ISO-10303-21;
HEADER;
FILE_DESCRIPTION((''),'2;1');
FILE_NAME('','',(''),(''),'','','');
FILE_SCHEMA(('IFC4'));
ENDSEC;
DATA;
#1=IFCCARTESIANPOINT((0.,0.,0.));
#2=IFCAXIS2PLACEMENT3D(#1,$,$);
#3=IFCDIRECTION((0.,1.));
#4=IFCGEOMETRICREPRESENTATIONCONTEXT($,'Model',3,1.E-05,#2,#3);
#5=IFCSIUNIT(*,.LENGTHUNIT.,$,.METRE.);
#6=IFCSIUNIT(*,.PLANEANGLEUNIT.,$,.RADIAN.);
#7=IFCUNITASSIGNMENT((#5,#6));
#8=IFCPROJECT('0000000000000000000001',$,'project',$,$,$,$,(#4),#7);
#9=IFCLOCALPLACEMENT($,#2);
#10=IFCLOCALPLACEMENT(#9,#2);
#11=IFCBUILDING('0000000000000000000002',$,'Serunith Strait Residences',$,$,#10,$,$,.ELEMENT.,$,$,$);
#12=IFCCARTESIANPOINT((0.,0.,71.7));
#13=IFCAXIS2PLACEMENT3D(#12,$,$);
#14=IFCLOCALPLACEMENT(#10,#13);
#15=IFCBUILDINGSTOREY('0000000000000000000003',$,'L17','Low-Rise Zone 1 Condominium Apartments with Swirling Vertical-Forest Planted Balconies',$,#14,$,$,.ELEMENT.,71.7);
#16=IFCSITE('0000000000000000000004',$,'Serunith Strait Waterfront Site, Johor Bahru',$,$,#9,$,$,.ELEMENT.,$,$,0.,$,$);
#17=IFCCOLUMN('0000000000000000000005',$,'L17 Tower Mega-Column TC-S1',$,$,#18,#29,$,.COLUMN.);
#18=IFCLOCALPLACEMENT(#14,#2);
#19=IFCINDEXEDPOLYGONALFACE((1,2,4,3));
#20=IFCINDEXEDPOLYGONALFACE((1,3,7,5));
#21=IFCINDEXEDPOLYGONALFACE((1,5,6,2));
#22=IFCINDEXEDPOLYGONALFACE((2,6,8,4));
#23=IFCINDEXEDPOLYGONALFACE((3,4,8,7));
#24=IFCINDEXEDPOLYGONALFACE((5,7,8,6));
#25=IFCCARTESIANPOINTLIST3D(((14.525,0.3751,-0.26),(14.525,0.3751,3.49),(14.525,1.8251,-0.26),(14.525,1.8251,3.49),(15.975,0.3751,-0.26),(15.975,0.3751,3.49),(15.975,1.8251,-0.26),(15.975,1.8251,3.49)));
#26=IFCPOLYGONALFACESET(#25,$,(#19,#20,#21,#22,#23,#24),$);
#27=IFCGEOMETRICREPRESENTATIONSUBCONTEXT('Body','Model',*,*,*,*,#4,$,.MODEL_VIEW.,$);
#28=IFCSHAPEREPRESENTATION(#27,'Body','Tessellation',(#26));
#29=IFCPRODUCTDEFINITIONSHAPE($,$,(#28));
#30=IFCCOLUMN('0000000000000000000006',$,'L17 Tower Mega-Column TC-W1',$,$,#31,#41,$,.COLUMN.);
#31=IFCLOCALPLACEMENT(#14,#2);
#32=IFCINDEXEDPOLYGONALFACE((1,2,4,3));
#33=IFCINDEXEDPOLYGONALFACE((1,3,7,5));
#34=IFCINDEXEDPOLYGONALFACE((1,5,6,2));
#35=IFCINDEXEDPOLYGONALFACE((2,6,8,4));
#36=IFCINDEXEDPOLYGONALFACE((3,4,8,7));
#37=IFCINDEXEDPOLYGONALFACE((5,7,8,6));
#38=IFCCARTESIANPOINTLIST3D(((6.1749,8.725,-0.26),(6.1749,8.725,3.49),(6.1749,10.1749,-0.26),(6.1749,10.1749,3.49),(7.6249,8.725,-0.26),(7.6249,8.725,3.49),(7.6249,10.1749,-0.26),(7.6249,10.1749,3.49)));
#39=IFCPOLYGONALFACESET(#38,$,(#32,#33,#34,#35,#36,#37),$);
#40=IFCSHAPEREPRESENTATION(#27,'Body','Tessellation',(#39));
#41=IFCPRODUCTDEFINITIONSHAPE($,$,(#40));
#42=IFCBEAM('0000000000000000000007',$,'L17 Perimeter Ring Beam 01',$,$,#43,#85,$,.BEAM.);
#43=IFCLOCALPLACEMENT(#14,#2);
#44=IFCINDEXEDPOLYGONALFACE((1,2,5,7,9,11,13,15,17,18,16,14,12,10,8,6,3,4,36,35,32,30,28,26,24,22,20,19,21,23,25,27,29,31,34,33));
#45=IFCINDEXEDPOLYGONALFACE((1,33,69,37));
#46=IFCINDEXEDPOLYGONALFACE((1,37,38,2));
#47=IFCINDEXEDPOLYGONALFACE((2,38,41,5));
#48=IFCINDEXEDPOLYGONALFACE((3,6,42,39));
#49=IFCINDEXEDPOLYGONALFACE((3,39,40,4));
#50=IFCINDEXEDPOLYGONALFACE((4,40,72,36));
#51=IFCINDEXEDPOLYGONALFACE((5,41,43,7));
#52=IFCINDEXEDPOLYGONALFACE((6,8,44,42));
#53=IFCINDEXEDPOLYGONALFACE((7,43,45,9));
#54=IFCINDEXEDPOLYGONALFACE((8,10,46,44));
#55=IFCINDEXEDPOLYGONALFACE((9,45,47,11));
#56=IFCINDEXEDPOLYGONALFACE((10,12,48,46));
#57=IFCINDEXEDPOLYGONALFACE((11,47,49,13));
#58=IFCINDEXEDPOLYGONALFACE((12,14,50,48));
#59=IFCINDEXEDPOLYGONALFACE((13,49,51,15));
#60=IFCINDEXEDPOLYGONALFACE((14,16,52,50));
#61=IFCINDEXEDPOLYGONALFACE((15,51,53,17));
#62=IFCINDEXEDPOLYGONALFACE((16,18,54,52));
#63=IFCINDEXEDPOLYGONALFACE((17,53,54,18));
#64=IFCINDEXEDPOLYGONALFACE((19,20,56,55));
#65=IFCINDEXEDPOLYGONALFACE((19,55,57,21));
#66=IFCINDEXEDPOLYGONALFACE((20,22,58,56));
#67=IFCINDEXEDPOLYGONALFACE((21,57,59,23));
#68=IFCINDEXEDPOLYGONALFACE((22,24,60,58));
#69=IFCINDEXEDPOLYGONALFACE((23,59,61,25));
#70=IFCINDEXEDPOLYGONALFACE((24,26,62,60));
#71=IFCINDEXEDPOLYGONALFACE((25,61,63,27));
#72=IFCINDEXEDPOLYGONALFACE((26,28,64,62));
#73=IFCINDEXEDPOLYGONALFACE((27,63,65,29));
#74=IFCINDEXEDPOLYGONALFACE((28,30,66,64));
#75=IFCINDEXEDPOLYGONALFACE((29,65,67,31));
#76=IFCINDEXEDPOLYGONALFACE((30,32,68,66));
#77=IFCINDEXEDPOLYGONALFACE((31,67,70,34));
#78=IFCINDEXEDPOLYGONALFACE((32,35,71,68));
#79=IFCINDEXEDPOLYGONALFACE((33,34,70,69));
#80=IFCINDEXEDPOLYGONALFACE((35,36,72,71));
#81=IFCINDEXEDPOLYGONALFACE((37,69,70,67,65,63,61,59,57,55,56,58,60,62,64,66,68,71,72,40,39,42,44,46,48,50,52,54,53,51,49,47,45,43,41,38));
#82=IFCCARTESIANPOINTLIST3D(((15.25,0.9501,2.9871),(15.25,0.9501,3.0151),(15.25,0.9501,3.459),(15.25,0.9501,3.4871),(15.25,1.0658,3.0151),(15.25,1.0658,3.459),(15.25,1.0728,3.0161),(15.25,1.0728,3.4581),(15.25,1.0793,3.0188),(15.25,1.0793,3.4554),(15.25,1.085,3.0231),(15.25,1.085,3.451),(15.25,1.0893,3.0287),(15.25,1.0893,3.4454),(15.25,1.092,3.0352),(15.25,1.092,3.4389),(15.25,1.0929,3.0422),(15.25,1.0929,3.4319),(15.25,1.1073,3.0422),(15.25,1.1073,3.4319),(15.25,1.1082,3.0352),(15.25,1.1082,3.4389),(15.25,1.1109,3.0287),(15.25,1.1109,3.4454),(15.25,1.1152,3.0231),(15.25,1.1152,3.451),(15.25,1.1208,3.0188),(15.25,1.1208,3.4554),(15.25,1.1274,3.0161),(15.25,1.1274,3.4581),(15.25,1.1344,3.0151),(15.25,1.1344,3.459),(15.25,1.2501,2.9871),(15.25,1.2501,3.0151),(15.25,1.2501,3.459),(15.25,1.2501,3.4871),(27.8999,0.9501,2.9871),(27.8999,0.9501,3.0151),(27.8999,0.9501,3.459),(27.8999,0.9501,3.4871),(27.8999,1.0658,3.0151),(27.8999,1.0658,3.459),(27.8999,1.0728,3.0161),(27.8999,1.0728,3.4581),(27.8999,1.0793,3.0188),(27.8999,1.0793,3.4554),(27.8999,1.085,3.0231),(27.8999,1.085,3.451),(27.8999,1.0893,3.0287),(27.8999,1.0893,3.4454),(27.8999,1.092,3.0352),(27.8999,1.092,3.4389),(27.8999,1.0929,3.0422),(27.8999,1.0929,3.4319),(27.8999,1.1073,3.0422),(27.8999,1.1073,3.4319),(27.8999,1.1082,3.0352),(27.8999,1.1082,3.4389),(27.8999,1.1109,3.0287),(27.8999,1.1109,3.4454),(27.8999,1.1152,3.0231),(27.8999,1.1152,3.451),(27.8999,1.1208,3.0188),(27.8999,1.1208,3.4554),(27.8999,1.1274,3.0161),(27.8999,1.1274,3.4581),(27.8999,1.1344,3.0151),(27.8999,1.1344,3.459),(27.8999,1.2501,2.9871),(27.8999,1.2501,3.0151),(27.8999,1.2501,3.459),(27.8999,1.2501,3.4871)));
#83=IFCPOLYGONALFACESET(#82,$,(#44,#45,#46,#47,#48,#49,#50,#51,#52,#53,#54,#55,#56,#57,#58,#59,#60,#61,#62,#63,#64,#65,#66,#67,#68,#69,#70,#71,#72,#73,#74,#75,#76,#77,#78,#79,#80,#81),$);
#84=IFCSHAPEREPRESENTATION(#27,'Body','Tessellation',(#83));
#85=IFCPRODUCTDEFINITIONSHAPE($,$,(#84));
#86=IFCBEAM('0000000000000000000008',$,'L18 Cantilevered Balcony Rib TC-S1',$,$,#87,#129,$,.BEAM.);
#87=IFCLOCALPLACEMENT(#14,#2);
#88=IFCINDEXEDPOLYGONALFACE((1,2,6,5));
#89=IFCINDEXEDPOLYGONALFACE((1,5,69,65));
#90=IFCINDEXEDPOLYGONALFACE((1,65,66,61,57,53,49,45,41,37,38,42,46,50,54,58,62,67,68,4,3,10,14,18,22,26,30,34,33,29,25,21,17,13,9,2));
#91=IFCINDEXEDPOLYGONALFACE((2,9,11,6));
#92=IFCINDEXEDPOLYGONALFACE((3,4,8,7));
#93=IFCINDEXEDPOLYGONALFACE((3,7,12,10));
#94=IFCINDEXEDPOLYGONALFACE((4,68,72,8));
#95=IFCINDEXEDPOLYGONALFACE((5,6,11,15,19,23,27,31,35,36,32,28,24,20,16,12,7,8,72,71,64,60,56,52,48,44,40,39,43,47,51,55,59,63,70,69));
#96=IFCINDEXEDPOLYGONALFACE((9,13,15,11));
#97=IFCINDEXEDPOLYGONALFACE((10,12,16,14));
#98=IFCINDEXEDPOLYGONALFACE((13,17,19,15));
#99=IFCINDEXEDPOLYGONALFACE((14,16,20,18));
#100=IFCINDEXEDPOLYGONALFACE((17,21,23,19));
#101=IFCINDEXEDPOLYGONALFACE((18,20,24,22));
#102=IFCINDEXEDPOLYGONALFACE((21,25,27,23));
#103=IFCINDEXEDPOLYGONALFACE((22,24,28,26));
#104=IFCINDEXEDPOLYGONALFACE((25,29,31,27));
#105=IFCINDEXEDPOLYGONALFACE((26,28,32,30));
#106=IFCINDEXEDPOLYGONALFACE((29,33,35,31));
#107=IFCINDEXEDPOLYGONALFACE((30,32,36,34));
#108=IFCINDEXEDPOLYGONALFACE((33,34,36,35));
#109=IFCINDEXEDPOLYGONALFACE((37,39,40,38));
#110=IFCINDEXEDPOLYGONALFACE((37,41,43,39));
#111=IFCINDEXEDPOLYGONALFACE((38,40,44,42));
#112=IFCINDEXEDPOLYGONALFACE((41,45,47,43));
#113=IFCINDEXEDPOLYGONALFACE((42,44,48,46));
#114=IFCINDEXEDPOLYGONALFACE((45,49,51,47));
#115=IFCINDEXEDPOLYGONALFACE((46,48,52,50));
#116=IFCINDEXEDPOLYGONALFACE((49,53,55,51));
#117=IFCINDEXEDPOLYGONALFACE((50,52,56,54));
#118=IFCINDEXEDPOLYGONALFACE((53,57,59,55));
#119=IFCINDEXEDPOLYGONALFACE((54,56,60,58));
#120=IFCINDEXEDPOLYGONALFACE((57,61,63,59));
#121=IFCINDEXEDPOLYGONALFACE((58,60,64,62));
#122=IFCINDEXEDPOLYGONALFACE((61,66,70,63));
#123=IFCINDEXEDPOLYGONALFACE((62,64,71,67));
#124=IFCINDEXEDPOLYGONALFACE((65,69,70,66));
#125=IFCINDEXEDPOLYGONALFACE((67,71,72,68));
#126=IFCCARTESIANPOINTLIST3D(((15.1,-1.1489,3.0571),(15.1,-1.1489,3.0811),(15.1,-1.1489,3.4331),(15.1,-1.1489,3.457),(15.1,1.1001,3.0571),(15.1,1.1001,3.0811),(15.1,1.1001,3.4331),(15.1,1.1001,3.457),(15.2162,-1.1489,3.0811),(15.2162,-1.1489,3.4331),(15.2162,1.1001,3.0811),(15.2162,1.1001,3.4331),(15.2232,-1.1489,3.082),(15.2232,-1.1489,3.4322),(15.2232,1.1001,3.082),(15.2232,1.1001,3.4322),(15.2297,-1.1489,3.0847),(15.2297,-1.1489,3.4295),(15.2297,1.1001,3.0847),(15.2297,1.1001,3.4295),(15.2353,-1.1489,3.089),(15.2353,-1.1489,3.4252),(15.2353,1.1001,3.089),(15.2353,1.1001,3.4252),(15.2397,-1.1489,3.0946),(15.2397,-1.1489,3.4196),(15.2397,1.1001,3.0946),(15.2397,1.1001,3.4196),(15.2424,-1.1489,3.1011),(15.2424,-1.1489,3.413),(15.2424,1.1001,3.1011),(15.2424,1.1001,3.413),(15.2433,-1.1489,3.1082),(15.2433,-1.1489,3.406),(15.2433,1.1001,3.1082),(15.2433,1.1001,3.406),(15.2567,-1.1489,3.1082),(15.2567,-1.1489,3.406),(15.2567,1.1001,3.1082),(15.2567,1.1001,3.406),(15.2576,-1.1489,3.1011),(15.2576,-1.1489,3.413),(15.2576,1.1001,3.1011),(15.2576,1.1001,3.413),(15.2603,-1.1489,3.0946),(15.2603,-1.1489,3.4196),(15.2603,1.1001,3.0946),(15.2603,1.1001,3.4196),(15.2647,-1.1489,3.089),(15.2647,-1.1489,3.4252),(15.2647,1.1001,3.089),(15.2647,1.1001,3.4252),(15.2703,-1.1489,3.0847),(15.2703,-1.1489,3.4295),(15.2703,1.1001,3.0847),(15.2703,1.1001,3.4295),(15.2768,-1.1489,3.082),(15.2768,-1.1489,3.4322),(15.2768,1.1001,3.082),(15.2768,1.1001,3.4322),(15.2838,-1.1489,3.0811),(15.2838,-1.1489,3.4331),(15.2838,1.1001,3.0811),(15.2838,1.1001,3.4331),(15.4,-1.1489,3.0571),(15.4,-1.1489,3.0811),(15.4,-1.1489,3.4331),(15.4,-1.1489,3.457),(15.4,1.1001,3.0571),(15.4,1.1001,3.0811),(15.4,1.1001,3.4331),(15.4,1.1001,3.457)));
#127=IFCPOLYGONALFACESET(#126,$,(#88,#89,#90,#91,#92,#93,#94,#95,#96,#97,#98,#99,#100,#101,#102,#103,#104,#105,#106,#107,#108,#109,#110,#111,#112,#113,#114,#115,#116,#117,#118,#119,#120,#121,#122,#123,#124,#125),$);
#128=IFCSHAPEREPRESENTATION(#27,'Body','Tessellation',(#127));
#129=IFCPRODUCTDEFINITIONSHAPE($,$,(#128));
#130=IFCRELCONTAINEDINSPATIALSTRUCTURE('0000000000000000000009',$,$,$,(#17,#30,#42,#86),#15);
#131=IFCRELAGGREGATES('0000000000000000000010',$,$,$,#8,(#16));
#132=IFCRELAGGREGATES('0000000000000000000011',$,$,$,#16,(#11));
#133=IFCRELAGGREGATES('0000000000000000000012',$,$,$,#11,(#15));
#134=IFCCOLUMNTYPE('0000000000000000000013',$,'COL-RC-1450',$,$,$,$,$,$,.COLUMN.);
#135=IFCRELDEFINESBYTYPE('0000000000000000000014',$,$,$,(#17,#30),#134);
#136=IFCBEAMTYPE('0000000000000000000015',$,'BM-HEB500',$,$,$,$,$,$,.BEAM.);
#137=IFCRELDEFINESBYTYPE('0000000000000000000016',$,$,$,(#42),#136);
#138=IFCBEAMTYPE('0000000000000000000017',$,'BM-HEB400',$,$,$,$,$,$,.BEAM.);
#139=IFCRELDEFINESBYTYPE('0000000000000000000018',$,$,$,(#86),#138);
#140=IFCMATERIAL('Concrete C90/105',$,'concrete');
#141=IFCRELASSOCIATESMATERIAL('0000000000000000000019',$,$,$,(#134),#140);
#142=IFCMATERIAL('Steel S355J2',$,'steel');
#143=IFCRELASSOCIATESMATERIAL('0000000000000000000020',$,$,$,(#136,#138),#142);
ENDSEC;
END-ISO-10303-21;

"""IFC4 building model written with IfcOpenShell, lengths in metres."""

from ifc_helpers import new_model, si_unit, direction, frame, origin, origin_2d, place, context, subcontext, project, spatial, rectangle, i_section, extrude, source, transform, mapped, material, material_profile, profile_set, type_object, element, save


model = new_model("IFC4")

# Units and contexts
model_context = context("Model", 3, precision=1e-05, world=origin(), true_north=direction((0.0, 1.0)))
body_context = subcontext(model_context, "Body", "Model", "MODEL_VIEW")
ifc_project = project(units=[si_unit("LENGTHUNIT", "METRE"), si_unit("PLANEANGLEUNIT", "RADIAN")], contexts=[model_context])

# Site, building, storey
site_placement = place(None, origin())
site = spatial("IfcSite", under=ifc_project, at=site_placement, Name="Serunith Strait Waterfront Site, Johor Bahru", CompositionType="ELEMENT", RefElevation=0.0)
building_placement = place(site_placement, origin())
building = spatial("IfcBuilding", under=site, at=building_placement, Name="Serunith Strait Residences", CompositionType="ELEMENT")
storey_placement = place(building_placement, frame((0.0, 0.0, 71.7)))
storey = spatial("IfcBuildingStorey", under=building, at=storey_placement, Name="L17", Description="Low-Rise Zone 1 Condominium Apartments with Swirling Vertical-Forest Planted Balconies", CompositionType="ELEMENT", Elevation=71.7)

# Columns
ifc_material_1 = material(Name="Concrete C90/105", Category="concrete")
ifc_material_profile_1 = material_profile(ifc_material_1, rectangle(XDim=1.45, YDim=1.45, at=origin_2d()), Name="RC 1450x1450")
ifc_profile_set_1 = profile_set([ifc_material_profile_1], Name="Concrete C90/105")
column_type = type_object("IfcColumnType", Name="COL-RC-1450", PredefinedType="COLUMN", material=ifc_profile_set_1)
shared_shape_1 = source(origin(), body_context, "Body", "SweptSolid", [
    extrude(rectangle(XDim=1.45, YDim=1.45, at=origin_2d()), origin(), (0.0, 0.0, 1.0), 3.75),
])
for number, where, z_axis, x_axis, name in (
    (1, (15.25, 1.1001, -0.26), (0.0, 0.0, 1.0), (1.0, 0.0, 0.0), "L17 Tower Mega-Column TC-S1"),
    (2, (6.8999, 9.45, -0.26), (0.0, 0.0, 1.0), (1.0, 0.0, 0.0), "L17 Tower Mega-Column TC-W1"),
):
    element("IfcColumn", number, at=place(storey_placement, frame(where, z_axis=z_axis, x_axis=x_axis)), inside=storey, type_object=column_type, Name=name, PredefinedType="COLUMN", context=body_context, shape_type="MappedRepresentation", body=[
        mapped(shared_shape_1, transform((0.0, 0.0, 0.0), scale=1.0)),
    ])

# Beams
ifc_material_2 = material(Name="Steel S355J2", Category="steel")
ifc_material_profile_2 = material_profile(ifc_material_2, i_section(OverallWidth=0.3, OverallDepth=0.5, WebThickness=0.0144, FlangeThickness=0.0281, FilletRadius=0.0271, at=origin_2d()), Name="HEB 500")
ifc_profile_set_2 = profile_set([ifc_material_profile_2], Name="Steel S355J2")
beam_type_1 = type_object("IfcBeamType", Name="BM-HEB500", PredefinedType="BEAM", material=ifc_profile_set_2)
shared_shape_2 = source(origin(), body_context, "Body", "SweptSolid", [
    extrude(i_section(OverallWidth=0.3, OverallDepth=0.5, WebThickness=0.0144, FlangeThickness=0.0281, FilletRadius=0.0271, at=origin_2d()), origin(), (0.0, 0.0, 1.0), 12.6499),
])
beam_1_placement = place(storey_placement, frame((15.25, 1.1001, 3.2371), z_axis=(1.0, 0.0, 0.0), x_axis=(0.0, 1.0, 0.0)))
element("IfcBeam", 3, at=beam_1_placement, inside=storey, type_object=beam_type_1, Name="L17 Perimeter Ring Beam 01", PredefinedType="BEAM", context=body_context, shape_type="MappedRepresentation", body=[
    mapped(shared_shape_2, transform((0.0, 0.0, 0.0), scale=1.0)),
])
ifc_material_profile_3 = material_profile(ifc_material_2, i_section(OverallWidth=0.3, OverallDepth=0.3999, WebThickness=0.0134, FlangeThickness=0.0239, FilletRadius=0.0271, at=origin_2d()), Name="HEB 400")
ifc_profile_set_3 = profile_set([ifc_material_profile_3], Name="Steel S355J2")
beam_type_2 = type_object("IfcBeamType", Name="BM-HEB400", PredefinedType="BEAM", material=ifc_profile_set_3)
shared_shape_3 = source(origin(), body_context, "Body", "SweptSolid", [
    extrude(i_section(OverallWidth=0.3, OverallDepth=0.3999, WebThickness=0.0134, FlangeThickness=0.0239, FilletRadius=0.0271, at=origin_2d()), origin(), (0.0, 0.0, 1.0), 2.249),
])
beam_2_placement = place(storey_placement, frame((15.25, 1.1001, 3.2571), z_axis=(0.0, -1.0, 0.0), x_axis=(1.0, 0.0, 0.0)))
element("IfcBeam", 4, at=beam_2_placement, inside=storey, type_object=beam_type_2, Name="L18 Cantilevered Balcony Rib TC-S1", PredefinedType="BEAM", context=body_context, shape_type="MappedRepresentation", body=[
    mapped(shared_shape_3, transform((0.0, 0.0, 0.0), scale=1.0)),
])

save(model, "model.ifc")
